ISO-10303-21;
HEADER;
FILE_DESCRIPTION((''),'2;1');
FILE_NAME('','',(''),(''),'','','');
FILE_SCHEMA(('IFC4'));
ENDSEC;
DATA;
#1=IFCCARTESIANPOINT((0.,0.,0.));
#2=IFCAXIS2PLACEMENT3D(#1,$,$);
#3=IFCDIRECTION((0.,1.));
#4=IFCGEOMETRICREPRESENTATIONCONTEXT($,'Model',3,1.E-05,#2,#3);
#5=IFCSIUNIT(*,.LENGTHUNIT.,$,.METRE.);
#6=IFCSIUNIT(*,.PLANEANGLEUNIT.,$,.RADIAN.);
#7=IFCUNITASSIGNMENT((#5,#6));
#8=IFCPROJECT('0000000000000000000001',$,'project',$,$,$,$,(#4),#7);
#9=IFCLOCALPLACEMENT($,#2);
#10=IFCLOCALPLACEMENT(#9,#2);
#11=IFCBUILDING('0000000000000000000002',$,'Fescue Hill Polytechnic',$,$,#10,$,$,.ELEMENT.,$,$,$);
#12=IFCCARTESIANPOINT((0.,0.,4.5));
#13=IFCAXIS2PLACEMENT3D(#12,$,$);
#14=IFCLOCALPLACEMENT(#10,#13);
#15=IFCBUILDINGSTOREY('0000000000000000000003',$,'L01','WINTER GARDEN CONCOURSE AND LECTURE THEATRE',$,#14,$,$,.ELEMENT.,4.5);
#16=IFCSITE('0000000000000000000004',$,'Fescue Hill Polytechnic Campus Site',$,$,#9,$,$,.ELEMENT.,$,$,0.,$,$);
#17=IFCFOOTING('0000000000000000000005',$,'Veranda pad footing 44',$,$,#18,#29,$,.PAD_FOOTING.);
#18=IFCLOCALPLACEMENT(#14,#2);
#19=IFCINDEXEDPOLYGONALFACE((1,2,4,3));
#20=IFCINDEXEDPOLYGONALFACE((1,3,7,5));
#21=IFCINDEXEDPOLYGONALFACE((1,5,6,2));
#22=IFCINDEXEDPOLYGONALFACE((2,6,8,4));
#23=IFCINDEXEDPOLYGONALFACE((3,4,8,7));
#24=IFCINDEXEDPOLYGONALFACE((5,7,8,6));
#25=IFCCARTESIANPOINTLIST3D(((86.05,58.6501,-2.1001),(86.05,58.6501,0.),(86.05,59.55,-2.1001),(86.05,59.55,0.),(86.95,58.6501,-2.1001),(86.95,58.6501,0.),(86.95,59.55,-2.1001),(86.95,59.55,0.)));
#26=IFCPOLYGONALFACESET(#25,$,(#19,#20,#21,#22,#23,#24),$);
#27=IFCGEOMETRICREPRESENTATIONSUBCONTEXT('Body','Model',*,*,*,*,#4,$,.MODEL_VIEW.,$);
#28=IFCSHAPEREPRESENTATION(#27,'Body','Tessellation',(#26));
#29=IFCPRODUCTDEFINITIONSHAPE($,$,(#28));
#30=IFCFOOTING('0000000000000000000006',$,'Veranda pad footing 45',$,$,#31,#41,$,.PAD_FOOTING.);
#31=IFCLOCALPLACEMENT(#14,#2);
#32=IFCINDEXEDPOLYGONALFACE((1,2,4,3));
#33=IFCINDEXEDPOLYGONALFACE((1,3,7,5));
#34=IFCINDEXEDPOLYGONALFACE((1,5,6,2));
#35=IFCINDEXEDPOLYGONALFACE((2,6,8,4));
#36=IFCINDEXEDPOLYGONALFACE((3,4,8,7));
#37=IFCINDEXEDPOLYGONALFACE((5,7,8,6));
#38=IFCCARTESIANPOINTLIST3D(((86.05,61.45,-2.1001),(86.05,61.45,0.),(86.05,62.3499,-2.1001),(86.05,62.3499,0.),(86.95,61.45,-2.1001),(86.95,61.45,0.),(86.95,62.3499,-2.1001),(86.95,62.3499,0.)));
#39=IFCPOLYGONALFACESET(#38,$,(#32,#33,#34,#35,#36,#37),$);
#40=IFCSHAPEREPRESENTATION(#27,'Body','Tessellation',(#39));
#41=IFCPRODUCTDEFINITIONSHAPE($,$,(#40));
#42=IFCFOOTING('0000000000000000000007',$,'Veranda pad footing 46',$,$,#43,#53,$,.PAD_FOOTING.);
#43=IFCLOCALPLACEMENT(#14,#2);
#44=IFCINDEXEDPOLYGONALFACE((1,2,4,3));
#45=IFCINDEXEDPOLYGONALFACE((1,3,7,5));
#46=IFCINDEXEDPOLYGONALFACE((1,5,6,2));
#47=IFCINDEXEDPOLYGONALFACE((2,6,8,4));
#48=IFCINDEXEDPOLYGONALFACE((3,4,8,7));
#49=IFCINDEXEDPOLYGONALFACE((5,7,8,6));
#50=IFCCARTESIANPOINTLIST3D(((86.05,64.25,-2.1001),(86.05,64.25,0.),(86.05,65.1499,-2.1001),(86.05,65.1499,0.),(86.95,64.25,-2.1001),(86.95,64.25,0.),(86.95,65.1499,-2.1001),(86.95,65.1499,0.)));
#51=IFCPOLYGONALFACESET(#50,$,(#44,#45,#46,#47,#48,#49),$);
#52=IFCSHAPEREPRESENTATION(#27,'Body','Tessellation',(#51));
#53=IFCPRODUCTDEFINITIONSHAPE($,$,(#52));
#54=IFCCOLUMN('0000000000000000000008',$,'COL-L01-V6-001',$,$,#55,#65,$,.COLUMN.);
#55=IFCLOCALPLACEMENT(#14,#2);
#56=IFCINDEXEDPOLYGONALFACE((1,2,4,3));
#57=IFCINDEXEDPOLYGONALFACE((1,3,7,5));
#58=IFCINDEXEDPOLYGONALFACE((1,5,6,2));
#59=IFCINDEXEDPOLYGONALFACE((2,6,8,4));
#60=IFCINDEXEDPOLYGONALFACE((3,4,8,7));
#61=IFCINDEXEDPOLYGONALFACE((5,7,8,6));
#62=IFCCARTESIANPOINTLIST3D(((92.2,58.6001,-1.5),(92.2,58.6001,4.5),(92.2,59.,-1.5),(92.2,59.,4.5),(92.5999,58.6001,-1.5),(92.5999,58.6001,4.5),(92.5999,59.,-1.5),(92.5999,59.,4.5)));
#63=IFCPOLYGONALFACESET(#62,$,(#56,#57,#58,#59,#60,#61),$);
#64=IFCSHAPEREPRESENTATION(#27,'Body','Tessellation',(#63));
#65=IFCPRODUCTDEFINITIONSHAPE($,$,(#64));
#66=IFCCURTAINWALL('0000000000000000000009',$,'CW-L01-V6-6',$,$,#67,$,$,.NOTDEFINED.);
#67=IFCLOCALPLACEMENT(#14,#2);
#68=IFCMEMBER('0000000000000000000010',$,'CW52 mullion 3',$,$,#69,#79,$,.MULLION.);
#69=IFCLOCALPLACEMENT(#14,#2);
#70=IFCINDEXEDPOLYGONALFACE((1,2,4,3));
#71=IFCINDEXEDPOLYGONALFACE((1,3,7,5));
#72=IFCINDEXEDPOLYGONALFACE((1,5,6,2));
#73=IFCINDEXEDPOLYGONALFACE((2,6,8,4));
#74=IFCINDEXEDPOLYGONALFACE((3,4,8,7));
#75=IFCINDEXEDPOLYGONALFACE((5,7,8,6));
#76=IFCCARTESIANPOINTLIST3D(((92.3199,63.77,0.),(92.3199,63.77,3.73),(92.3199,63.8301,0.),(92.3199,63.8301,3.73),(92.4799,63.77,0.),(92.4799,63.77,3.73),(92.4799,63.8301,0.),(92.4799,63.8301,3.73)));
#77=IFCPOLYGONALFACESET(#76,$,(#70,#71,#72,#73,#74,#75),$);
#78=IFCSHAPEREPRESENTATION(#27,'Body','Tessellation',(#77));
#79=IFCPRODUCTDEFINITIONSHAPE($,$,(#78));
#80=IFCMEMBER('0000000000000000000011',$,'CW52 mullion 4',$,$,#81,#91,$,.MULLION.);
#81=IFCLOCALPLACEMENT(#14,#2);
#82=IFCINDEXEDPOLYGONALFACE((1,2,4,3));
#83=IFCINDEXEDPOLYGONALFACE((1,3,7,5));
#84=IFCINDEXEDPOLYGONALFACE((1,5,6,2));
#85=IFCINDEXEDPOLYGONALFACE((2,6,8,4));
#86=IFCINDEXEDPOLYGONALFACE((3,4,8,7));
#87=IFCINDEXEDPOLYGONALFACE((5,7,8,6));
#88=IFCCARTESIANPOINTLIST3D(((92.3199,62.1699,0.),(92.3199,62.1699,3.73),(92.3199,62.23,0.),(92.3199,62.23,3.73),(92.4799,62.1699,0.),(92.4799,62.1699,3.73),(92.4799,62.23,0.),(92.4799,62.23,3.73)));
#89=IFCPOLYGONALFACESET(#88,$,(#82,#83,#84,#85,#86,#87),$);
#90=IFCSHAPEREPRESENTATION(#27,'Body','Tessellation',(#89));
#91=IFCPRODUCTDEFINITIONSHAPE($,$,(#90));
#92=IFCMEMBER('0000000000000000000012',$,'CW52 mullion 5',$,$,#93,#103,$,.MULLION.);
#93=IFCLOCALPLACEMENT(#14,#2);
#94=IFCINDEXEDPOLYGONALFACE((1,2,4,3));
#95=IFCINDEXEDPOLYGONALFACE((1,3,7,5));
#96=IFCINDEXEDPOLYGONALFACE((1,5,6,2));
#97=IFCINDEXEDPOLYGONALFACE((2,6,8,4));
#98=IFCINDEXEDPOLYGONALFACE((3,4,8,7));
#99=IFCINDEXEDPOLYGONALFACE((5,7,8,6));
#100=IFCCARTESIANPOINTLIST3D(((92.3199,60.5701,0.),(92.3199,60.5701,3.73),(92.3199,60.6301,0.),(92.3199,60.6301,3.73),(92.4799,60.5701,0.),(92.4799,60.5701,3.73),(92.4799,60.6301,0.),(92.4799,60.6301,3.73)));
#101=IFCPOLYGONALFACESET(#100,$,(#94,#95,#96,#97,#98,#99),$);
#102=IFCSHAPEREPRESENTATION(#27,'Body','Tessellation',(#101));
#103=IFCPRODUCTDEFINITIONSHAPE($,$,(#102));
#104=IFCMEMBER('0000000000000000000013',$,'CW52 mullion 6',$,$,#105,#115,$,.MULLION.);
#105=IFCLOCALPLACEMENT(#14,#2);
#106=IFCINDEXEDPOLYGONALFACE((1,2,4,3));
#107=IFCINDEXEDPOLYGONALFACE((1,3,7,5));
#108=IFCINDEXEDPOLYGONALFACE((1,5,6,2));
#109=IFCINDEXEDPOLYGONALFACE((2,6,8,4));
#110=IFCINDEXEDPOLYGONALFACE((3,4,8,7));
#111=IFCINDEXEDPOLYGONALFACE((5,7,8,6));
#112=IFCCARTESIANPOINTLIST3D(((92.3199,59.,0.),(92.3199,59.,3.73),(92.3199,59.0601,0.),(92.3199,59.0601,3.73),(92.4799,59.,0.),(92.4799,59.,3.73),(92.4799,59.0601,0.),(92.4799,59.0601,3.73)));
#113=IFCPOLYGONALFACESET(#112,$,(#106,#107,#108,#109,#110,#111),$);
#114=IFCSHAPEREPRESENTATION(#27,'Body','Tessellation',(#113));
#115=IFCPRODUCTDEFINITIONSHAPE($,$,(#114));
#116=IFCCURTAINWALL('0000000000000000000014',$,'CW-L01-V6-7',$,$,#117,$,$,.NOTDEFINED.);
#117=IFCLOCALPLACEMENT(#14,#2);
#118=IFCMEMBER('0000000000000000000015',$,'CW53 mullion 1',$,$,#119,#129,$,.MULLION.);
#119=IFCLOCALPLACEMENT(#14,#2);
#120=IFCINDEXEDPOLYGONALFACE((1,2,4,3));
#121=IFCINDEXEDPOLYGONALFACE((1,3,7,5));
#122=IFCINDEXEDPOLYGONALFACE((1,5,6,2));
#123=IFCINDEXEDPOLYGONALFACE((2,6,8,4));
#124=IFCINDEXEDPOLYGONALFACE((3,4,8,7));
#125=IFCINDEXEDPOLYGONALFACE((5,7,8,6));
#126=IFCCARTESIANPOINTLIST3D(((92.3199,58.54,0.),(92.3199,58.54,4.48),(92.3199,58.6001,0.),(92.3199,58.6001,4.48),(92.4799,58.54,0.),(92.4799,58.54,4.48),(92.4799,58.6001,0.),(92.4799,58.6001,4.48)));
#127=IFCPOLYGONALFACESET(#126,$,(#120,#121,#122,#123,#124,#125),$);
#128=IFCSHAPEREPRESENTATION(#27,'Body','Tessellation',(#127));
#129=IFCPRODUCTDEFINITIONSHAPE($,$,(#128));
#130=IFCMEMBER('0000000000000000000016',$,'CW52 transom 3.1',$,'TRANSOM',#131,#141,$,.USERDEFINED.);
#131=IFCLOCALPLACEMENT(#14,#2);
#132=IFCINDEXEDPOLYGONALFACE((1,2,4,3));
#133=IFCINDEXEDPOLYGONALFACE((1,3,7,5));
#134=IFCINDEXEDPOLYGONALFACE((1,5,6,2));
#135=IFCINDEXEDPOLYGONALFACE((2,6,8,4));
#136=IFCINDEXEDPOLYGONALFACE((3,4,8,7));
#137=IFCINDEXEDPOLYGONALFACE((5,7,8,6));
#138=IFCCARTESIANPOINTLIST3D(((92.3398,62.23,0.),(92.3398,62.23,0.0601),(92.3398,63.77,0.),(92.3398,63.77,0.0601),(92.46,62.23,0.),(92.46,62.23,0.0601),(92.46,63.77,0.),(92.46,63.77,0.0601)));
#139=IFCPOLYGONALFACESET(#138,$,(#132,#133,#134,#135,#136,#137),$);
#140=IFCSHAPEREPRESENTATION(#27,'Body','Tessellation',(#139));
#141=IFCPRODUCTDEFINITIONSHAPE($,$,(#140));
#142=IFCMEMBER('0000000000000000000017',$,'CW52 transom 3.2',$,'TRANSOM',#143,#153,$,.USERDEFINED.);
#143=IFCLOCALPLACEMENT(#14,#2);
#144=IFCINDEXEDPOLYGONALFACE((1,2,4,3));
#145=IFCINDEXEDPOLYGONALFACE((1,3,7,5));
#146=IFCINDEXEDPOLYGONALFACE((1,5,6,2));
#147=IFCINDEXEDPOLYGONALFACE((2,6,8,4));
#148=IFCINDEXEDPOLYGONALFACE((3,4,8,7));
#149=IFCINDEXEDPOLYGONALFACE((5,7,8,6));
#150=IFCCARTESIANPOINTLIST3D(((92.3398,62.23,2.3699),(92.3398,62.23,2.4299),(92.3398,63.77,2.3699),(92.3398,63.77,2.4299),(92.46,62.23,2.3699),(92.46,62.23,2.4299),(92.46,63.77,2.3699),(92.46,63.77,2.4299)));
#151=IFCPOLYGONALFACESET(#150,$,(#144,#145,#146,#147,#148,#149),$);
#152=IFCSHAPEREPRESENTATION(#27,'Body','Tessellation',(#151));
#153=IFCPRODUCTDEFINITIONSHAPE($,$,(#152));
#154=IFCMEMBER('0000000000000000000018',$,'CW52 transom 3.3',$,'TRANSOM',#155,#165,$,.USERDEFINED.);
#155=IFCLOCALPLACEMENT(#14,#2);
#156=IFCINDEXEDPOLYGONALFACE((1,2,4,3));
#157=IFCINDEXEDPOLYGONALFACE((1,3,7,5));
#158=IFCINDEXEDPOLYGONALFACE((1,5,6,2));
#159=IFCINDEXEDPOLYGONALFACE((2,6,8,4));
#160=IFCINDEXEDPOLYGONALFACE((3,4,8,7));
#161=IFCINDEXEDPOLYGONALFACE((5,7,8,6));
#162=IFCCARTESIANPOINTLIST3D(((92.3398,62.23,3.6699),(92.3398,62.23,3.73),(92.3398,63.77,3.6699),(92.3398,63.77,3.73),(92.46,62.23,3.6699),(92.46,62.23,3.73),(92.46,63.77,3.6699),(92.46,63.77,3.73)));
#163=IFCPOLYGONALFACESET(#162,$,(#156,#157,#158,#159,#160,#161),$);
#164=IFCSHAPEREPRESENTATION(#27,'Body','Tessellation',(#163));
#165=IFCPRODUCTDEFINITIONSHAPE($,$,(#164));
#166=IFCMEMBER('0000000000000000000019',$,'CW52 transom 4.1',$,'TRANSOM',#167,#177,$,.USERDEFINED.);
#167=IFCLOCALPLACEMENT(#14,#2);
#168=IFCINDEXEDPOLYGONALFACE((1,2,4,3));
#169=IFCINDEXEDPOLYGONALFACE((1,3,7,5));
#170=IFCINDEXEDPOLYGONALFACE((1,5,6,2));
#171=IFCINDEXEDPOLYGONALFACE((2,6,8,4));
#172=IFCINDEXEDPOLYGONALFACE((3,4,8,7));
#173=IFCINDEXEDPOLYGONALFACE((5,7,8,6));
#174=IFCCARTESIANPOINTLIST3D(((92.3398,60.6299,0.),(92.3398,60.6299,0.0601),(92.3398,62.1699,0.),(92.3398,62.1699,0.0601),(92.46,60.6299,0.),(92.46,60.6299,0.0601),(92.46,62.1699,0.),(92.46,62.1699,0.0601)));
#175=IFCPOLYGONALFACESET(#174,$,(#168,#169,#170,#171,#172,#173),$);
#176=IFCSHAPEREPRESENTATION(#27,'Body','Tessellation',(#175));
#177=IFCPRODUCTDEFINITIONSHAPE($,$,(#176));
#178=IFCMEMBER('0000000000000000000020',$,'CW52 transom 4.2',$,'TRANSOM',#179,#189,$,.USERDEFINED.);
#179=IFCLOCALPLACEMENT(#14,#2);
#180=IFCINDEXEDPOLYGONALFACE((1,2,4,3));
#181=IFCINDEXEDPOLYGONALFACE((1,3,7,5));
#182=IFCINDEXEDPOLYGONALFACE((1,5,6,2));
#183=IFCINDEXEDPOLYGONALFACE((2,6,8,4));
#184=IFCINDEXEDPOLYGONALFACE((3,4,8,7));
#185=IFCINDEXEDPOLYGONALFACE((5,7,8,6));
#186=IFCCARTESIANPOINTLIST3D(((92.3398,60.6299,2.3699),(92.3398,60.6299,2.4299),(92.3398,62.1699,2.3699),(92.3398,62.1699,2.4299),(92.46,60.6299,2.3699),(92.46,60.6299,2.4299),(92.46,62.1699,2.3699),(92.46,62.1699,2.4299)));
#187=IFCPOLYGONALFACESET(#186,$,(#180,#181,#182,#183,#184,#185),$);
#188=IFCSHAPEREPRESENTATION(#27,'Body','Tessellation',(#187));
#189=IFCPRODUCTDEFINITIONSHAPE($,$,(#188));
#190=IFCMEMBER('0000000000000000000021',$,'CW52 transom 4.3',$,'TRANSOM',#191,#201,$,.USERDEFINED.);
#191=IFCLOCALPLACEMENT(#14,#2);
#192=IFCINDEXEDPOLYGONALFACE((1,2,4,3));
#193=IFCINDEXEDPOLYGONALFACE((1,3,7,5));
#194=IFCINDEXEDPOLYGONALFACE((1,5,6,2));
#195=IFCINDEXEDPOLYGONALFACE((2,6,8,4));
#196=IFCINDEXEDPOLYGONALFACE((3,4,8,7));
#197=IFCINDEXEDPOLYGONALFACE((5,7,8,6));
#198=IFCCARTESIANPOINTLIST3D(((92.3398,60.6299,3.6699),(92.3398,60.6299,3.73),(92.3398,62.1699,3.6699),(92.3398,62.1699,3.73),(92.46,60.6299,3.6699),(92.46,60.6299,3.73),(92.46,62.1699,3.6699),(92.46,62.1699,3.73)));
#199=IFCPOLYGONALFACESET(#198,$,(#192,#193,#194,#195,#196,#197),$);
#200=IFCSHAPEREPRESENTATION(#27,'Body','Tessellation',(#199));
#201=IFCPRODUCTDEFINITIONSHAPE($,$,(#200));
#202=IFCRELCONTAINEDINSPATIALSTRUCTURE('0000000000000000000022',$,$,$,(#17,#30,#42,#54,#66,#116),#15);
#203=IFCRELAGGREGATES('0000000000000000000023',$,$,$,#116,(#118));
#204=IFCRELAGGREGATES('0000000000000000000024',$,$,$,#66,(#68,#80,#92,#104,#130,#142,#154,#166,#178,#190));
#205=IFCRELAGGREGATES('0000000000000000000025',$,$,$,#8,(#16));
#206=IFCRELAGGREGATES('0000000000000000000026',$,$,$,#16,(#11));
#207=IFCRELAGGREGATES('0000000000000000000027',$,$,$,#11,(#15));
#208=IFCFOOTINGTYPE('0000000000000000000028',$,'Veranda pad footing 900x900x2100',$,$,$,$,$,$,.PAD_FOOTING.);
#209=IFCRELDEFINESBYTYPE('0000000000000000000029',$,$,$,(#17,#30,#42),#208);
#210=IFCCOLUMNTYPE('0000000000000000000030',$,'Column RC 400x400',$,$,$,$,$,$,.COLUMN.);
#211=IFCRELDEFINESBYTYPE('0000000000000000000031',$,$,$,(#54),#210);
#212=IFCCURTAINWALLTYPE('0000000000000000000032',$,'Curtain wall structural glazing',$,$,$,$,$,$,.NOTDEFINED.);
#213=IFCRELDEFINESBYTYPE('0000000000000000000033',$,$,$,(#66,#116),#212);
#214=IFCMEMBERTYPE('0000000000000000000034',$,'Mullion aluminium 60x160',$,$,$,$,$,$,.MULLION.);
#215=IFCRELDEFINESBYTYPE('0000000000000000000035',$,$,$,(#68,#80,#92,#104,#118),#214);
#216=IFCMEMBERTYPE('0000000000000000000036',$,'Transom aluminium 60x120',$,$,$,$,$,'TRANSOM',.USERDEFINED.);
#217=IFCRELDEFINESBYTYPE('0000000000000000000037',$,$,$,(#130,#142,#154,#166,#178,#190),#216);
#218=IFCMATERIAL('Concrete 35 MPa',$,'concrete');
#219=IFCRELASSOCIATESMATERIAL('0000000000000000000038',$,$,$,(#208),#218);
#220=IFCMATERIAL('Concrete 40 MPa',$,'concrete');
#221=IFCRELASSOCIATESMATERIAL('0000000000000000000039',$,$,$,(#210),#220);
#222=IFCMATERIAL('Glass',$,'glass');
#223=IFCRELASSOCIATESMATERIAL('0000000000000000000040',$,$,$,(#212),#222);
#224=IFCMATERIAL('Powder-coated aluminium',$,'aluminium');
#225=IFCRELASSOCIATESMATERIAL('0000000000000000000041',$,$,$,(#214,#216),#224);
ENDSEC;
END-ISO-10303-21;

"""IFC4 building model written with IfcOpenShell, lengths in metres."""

from ifc_helpers import new_model, si_unit, direction, frame, origin, origin_2d, place, context, subcontext, project, spatial, rectangle, extrude, material, material_profile, profile_set, type_object, element, aggregate, save


model = new_model("IFC4")

# Units and contexts
model_context = context("Model", 3, precision=1e-05, world=origin(), true_north=direction((0.0, 1.0)))
body_context = subcontext(model_context, "Body", "Model", "MODEL_VIEW")
ifc_project = project(units=[si_unit("LENGTHUNIT", "METRE"), si_unit("PLANEANGLEUNIT", "RADIAN")], contexts=[model_context])

# Site, building, storey
site_placement = place(None, origin())
site = spatial("IfcSite", under=ifc_project, at=site_placement, Name="Fescue Hill Polytechnic Campus Site", CompositionType="ELEMENT", RefElevation=0.0)
building_placement = place(site_placement, origin())
building = spatial("IfcBuilding", under=site, at=building_placement, Name="Fescue Hill Polytechnic", CompositionType="ELEMENT")
storey_placement = place(building_placement, frame((0.0, 0.0, 4.5)))
storey = spatial("IfcBuildingStorey", under=building, at=storey_placement, Name="L01", Description="WINTER GARDEN CONCOURSE AND LECTURE THEATRE", CompositionType="ELEMENT", Elevation=4.5)

# Footings
ifc_material_1 = material(Name="Concrete 35 MPa", Category="concrete")
footing_type = type_object("IfcFootingType", Name="Veranda pad footing 900x900x2100", PredefinedType="PAD_FOOTING", material=ifc_material_1)
for number, where, z_axis, x_axis, name in (
    (1, (86.5, 59.1001, -2.1001), (0.0, 0.0, 1.0), (1.0, 0.0, 0.0), "Veranda pad footing 44"),
    (2, (86.5, 61.8999, -2.1001), (0.0, 0.0, 1.0), (1.0, 0.0, 0.0), "Veranda pad footing 45"),
    (3, (86.5, 64.7, -2.1001), (0.0, 0.0, 1.0), (1.0, 0.0, 0.0), "Veranda pad footing 46"),
):
    element("IfcFooting", number, at=place(storey_placement, frame(where, z_axis=z_axis, x_axis=x_axis)), inside=storey, type_object=footing_type, Name=name, PredefinedType="PAD_FOOTING", context=body_context, shape_type="SweptSolid", body=[
        extrude(rectangle(XDim=0.8999, YDim=0.8999, at=origin_2d()), origin(), (0.0, 0.0, 1.0), 2.1001),
    ])

# Column
ifc_material_2 = material(Name="Concrete 40 MPa", Category="concrete")
ifc_material_profile_1 = material_profile(ifc_material_2, rectangle(XDim=0.3999, YDim=0.3999, at=origin_2d()), Name="RC 400x400")
ifc_profile_set_1 = profile_set([ifc_material_profile_1], Name="Concrete 40 MPa")
column_type = type_object("IfcColumnType", Name="Column RC 400x400", PredefinedType="COLUMN", material=ifc_profile_set_1)
column_placement = place(storey_placement, frame((92.3999, 58.8, -1.5), z_axis=(0.0, 0.0, 1.0), x_axis=(1.0, 0.0, 0.0)))
element("IfcColumn", 4, at=column_placement, inside=storey, type_object=column_type, Name="COL-L01-V6-001", PredefinedType="COLUMN", context=body_context, shape_type="SweptSolid", body=[
    extrude(rectangle(XDim=0.3999, YDim=0.3999, at=origin_2d()), origin(), (0.0, 0.0, 1.0), 6.0),
])

# Curtain wall, members
ifc_material_3 = material(Name="Glass", Category="glass")
curtain_wall_type = type_object("IfcCurtainWallType", Name="Curtain wall structural glazing", PredefinedType="NOTDEFINED", material=ifc_material_3)
curtain_wall_1_placement = place(storey_placement, origin())
curtain_wall_1 = element("IfcCurtainWall", 5, at=curtain_wall_1_placement, inside=storey, type_object=curtain_wall_type, Name="CW-L01-V6-6", PredefinedType="NOTDEFINED")
ifc_material_4 = material(Name="Powder-coated aluminium", Category="aluminium")
ifc_material_profile_2 = material_profile(ifc_material_4, rectangle(XDim=0.1599, YDim=0.0601, at=origin_2d()), Name="Mullion aluminium 60x160")
ifc_profile_set_2 = profile_set([ifc_material_profile_2], Name="Powder-coated aluminium")
member_type_1 = type_object("IfcMemberType", Name="Mullion aluminium 60x160", PredefinedType="MULLION", material=ifc_profile_set_2)
member_1_placement = place(storey_placement, frame((92.3999, 63.8, 0.0), z_axis=(0.0, 0.0, 1.0), x_axis=(1.0, 0.0, 0.0)))
member_1 = element("IfcMember", 6, at=member_1_placement, type_object=member_type_1, Name="CW52 mullion 3", PredefinedType="MULLION", context=body_context, shape_type="SweptSolid", body=[
    extrude(rectangle(XDim=0.1599, YDim=0.0601, at=origin_2d()), origin(), (0.0, 0.0, 1.0), 3.73),
])
member_2_placement = place(storey_placement, frame((92.3999, 62.2, 0.0), z_axis=(0.0, 0.0, 1.0), x_axis=(1.0, 0.0, 0.0)))
member_2 = element("IfcMember", 7, at=member_2_placement, type_object=member_type_1, Name="CW52 mullion 4", PredefinedType="MULLION", context=body_context, shape_type="SweptSolid", body=[
    extrude(rectangle(XDim=0.1599, YDim=0.0601, at=origin_2d()), origin(), (0.0, 0.0, 1.0), 3.73),
])
member_3_placement = place(storey_placement, frame((92.3999, 60.6001, 0.0), z_axis=(0.0, 0.0, 1.0), x_axis=(1.0, 0.0, 0.0)))
member_3 = element("IfcMember", 8, at=member_3_placement, type_object=member_type_1, Name="CW52 mullion 5", PredefinedType="MULLION", context=body_context, shape_type="SweptSolid", body=[
    extrude(rectangle(XDim=0.1599, YDim=0.0601, at=origin_2d()), origin(), (0.0, 0.0, 1.0), 3.73),
])
member_4_placement = place(storey_placement, frame((92.3999, 59.03, 0.0), z_axis=(0.0, 0.0, 1.0), x_axis=(1.0, 0.0, 0.0)))
member_4 = element("IfcMember", 9, at=member_4_placement, type_object=member_type_1, Name="CW52 mullion 6", PredefinedType="MULLION", context=body_context, shape_type="SweptSolid", body=[
    extrude(rectangle(XDim=0.1599, YDim=0.0601, at=origin_2d()), origin(), (0.0, 0.0, 1.0), 3.73),
])

# Curtain wall, member
curtain_wall_2_placement = place(storey_placement, origin())
curtain_wall_2 = element("IfcCurtainWall", 10, at=curtain_wall_2_placement, inside=storey, type_object=curtain_wall_type, Name="CW-L01-V6-7", PredefinedType="NOTDEFINED")
member_5_placement = place(storey_placement, frame((92.3999, 58.5701, 0.0), z_axis=(0.0, 0.0, 1.0), x_axis=(1.0, 0.0, 0.0)))
member_5 = element("IfcMember", 11, at=member_5_placement, type_object=member_type_1, Name="CW53 mullion 1", PredefinedType="MULLION", context=body_context, shape_type="SweptSolid", body=[
    extrude(rectangle(XDim=0.1599, YDim=0.0601, at=origin_2d()), origin(), (0.0, 0.0, 1.0), 4.48),
])
aggregate(curtain_wall_2, [member_5])

# Members
ifc_material_profile_3 = material_profile(ifc_material_4, rectangle(XDim=0.1201, YDim=0.0601, at=origin_2d()), Name="Transom aluminium 60x120")
ifc_profile_set_3 = profile_set([ifc_material_profile_3], Name="Powder-coated aluminium")
member_type_2 = type_object("IfcMemberType", Name="Transom aluminium 60x120", ElementType="TRANSOM", PredefinedType="USERDEFINED", material=ifc_profile_set_3)
member_6_placement = place(storey_placement, frame((92.3999, 63.77, 0.03), z_axis=(0.0, -1.0, 0.0), x_axis=(1.0, 0.0, 0.0)))
member_6 = element("IfcMember", 12, at=member_6_placement, type_object=member_type_2, Name="CW52 transom 3.1", ObjectType="TRANSOM", PredefinedType="USERDEFINED", context=body_context, shape_type="SweptSolid", body=[
    extrude(rectangle(XDim=0.1201, YDim=0.0601, at=origin_2d()), origin(), (0.0, 0.0, 1.0), 1.54),
])
member_7_placement = place(storey_placement, frame((92.3999, 63.77, 2.3999), z_axis=(0.0, -1.0, 0.0), x_axis=(1.0, 0.0, 0.0)))
member_7 = element("IfcMember", 13, at=member_7_placement, type_object=member_type_2, Name="CW52 transom 3.2", ObjectType="TRANSOM", PredefinedType="USERDEFINED", context=body_context, shape_type="SweptSolid", body=[
    extrude(rectangle(XDim=0.1201, YDim=0.0601, at=origin_2d()), origin(), (0.0, 0.0, 1.0), 1.54),
])
member_8_placement = place(storey_placement, frame((92.3999, 63.77, 3.7), z_axis=(0.0, -1.0, 0.0), x_axis=(1.0, 0.0, 0.0)))
member_8 = element("IfcMember", 14, at=member_8_placement, type_object=member_type_2, Name="CW52 transom 3.3", ObjectType="TRANSOM", PredefinedType="USERDEFINED", context=body_context, shape_type="SweptSolid", body=[
    extrude(rectangle(XDim=0.1201, YDim=0.0601, at=origin_2d()), origin(), (0.0, 0.0, 1.0), 1.54),
])
member_9_placement = place(storey_placement, frame((92.3999, 62.1699, 0.03), z_axis=(0.0, -1.0, 0.0), x_axis=(1.0, 0.0, 0.0)))
member_9 = element("IfcMember", 15, at=member_9_placement, type_object=member_type_2, Name="CW52 transom 4.1", ObjectType="TRANSOM", PredefinedType="USERDEFINED", context=body_context, shape_type="SweptSolid", body=[
    extrude(rectangle(XDim=0.1201, YDim=0.0601, at=origin_2d()), origin(), (0.0, 0.0, 1.0), 1.54),
])
member_10_placement = place(storey_placement, frame((92.3999, 62.1699, 2.3999), z_axis=(0.0, -1.0, 0.0), x_axis=(1.0, 0.0, 0.0)))
member_10 = element("IfcMember", 16, at=member_10_placement, type_object=member_type_2, Name="CW52 transom 4.2", ObjectType="TRANSOM", PredefinedType="USERDEFINED", context=body_context, shape_type="SweptSolid", body=[
    extrude(rectangle(XDim=0.1201, YDim=0.0601, at=origin_2d()), origin(), (0.0, 0.0, 1.0), 1.54),
])
member_11_placement = place(storey_placement, frame((92.3999, 62.1699, 3.7), z_axis=(0.0, -1.0, 0.0), x_axis=(1.0, 0.0, 0.0)))
member_11 = element("IfcMember", 17, at=member_11_placement, type_object=member_type_2, Name="CW52 transom 4.3", ObjectType="TRANSOM", PredefinedType="USERDEFINED", context=body_context, shape_type="SweptSolid", body=[
    extrude(rectangle(XDim=0.1201, YDim=0.0601, at=origin_2d()), origin(), (0.0, 0.0, 1.0), 1.54),
])

aggregate(curtain_wall_1, [member_1, member_2, member_3, member_4, member_6, member_7, member_8, member_9, member_10, member_11])

save(model, "model.ifc")
